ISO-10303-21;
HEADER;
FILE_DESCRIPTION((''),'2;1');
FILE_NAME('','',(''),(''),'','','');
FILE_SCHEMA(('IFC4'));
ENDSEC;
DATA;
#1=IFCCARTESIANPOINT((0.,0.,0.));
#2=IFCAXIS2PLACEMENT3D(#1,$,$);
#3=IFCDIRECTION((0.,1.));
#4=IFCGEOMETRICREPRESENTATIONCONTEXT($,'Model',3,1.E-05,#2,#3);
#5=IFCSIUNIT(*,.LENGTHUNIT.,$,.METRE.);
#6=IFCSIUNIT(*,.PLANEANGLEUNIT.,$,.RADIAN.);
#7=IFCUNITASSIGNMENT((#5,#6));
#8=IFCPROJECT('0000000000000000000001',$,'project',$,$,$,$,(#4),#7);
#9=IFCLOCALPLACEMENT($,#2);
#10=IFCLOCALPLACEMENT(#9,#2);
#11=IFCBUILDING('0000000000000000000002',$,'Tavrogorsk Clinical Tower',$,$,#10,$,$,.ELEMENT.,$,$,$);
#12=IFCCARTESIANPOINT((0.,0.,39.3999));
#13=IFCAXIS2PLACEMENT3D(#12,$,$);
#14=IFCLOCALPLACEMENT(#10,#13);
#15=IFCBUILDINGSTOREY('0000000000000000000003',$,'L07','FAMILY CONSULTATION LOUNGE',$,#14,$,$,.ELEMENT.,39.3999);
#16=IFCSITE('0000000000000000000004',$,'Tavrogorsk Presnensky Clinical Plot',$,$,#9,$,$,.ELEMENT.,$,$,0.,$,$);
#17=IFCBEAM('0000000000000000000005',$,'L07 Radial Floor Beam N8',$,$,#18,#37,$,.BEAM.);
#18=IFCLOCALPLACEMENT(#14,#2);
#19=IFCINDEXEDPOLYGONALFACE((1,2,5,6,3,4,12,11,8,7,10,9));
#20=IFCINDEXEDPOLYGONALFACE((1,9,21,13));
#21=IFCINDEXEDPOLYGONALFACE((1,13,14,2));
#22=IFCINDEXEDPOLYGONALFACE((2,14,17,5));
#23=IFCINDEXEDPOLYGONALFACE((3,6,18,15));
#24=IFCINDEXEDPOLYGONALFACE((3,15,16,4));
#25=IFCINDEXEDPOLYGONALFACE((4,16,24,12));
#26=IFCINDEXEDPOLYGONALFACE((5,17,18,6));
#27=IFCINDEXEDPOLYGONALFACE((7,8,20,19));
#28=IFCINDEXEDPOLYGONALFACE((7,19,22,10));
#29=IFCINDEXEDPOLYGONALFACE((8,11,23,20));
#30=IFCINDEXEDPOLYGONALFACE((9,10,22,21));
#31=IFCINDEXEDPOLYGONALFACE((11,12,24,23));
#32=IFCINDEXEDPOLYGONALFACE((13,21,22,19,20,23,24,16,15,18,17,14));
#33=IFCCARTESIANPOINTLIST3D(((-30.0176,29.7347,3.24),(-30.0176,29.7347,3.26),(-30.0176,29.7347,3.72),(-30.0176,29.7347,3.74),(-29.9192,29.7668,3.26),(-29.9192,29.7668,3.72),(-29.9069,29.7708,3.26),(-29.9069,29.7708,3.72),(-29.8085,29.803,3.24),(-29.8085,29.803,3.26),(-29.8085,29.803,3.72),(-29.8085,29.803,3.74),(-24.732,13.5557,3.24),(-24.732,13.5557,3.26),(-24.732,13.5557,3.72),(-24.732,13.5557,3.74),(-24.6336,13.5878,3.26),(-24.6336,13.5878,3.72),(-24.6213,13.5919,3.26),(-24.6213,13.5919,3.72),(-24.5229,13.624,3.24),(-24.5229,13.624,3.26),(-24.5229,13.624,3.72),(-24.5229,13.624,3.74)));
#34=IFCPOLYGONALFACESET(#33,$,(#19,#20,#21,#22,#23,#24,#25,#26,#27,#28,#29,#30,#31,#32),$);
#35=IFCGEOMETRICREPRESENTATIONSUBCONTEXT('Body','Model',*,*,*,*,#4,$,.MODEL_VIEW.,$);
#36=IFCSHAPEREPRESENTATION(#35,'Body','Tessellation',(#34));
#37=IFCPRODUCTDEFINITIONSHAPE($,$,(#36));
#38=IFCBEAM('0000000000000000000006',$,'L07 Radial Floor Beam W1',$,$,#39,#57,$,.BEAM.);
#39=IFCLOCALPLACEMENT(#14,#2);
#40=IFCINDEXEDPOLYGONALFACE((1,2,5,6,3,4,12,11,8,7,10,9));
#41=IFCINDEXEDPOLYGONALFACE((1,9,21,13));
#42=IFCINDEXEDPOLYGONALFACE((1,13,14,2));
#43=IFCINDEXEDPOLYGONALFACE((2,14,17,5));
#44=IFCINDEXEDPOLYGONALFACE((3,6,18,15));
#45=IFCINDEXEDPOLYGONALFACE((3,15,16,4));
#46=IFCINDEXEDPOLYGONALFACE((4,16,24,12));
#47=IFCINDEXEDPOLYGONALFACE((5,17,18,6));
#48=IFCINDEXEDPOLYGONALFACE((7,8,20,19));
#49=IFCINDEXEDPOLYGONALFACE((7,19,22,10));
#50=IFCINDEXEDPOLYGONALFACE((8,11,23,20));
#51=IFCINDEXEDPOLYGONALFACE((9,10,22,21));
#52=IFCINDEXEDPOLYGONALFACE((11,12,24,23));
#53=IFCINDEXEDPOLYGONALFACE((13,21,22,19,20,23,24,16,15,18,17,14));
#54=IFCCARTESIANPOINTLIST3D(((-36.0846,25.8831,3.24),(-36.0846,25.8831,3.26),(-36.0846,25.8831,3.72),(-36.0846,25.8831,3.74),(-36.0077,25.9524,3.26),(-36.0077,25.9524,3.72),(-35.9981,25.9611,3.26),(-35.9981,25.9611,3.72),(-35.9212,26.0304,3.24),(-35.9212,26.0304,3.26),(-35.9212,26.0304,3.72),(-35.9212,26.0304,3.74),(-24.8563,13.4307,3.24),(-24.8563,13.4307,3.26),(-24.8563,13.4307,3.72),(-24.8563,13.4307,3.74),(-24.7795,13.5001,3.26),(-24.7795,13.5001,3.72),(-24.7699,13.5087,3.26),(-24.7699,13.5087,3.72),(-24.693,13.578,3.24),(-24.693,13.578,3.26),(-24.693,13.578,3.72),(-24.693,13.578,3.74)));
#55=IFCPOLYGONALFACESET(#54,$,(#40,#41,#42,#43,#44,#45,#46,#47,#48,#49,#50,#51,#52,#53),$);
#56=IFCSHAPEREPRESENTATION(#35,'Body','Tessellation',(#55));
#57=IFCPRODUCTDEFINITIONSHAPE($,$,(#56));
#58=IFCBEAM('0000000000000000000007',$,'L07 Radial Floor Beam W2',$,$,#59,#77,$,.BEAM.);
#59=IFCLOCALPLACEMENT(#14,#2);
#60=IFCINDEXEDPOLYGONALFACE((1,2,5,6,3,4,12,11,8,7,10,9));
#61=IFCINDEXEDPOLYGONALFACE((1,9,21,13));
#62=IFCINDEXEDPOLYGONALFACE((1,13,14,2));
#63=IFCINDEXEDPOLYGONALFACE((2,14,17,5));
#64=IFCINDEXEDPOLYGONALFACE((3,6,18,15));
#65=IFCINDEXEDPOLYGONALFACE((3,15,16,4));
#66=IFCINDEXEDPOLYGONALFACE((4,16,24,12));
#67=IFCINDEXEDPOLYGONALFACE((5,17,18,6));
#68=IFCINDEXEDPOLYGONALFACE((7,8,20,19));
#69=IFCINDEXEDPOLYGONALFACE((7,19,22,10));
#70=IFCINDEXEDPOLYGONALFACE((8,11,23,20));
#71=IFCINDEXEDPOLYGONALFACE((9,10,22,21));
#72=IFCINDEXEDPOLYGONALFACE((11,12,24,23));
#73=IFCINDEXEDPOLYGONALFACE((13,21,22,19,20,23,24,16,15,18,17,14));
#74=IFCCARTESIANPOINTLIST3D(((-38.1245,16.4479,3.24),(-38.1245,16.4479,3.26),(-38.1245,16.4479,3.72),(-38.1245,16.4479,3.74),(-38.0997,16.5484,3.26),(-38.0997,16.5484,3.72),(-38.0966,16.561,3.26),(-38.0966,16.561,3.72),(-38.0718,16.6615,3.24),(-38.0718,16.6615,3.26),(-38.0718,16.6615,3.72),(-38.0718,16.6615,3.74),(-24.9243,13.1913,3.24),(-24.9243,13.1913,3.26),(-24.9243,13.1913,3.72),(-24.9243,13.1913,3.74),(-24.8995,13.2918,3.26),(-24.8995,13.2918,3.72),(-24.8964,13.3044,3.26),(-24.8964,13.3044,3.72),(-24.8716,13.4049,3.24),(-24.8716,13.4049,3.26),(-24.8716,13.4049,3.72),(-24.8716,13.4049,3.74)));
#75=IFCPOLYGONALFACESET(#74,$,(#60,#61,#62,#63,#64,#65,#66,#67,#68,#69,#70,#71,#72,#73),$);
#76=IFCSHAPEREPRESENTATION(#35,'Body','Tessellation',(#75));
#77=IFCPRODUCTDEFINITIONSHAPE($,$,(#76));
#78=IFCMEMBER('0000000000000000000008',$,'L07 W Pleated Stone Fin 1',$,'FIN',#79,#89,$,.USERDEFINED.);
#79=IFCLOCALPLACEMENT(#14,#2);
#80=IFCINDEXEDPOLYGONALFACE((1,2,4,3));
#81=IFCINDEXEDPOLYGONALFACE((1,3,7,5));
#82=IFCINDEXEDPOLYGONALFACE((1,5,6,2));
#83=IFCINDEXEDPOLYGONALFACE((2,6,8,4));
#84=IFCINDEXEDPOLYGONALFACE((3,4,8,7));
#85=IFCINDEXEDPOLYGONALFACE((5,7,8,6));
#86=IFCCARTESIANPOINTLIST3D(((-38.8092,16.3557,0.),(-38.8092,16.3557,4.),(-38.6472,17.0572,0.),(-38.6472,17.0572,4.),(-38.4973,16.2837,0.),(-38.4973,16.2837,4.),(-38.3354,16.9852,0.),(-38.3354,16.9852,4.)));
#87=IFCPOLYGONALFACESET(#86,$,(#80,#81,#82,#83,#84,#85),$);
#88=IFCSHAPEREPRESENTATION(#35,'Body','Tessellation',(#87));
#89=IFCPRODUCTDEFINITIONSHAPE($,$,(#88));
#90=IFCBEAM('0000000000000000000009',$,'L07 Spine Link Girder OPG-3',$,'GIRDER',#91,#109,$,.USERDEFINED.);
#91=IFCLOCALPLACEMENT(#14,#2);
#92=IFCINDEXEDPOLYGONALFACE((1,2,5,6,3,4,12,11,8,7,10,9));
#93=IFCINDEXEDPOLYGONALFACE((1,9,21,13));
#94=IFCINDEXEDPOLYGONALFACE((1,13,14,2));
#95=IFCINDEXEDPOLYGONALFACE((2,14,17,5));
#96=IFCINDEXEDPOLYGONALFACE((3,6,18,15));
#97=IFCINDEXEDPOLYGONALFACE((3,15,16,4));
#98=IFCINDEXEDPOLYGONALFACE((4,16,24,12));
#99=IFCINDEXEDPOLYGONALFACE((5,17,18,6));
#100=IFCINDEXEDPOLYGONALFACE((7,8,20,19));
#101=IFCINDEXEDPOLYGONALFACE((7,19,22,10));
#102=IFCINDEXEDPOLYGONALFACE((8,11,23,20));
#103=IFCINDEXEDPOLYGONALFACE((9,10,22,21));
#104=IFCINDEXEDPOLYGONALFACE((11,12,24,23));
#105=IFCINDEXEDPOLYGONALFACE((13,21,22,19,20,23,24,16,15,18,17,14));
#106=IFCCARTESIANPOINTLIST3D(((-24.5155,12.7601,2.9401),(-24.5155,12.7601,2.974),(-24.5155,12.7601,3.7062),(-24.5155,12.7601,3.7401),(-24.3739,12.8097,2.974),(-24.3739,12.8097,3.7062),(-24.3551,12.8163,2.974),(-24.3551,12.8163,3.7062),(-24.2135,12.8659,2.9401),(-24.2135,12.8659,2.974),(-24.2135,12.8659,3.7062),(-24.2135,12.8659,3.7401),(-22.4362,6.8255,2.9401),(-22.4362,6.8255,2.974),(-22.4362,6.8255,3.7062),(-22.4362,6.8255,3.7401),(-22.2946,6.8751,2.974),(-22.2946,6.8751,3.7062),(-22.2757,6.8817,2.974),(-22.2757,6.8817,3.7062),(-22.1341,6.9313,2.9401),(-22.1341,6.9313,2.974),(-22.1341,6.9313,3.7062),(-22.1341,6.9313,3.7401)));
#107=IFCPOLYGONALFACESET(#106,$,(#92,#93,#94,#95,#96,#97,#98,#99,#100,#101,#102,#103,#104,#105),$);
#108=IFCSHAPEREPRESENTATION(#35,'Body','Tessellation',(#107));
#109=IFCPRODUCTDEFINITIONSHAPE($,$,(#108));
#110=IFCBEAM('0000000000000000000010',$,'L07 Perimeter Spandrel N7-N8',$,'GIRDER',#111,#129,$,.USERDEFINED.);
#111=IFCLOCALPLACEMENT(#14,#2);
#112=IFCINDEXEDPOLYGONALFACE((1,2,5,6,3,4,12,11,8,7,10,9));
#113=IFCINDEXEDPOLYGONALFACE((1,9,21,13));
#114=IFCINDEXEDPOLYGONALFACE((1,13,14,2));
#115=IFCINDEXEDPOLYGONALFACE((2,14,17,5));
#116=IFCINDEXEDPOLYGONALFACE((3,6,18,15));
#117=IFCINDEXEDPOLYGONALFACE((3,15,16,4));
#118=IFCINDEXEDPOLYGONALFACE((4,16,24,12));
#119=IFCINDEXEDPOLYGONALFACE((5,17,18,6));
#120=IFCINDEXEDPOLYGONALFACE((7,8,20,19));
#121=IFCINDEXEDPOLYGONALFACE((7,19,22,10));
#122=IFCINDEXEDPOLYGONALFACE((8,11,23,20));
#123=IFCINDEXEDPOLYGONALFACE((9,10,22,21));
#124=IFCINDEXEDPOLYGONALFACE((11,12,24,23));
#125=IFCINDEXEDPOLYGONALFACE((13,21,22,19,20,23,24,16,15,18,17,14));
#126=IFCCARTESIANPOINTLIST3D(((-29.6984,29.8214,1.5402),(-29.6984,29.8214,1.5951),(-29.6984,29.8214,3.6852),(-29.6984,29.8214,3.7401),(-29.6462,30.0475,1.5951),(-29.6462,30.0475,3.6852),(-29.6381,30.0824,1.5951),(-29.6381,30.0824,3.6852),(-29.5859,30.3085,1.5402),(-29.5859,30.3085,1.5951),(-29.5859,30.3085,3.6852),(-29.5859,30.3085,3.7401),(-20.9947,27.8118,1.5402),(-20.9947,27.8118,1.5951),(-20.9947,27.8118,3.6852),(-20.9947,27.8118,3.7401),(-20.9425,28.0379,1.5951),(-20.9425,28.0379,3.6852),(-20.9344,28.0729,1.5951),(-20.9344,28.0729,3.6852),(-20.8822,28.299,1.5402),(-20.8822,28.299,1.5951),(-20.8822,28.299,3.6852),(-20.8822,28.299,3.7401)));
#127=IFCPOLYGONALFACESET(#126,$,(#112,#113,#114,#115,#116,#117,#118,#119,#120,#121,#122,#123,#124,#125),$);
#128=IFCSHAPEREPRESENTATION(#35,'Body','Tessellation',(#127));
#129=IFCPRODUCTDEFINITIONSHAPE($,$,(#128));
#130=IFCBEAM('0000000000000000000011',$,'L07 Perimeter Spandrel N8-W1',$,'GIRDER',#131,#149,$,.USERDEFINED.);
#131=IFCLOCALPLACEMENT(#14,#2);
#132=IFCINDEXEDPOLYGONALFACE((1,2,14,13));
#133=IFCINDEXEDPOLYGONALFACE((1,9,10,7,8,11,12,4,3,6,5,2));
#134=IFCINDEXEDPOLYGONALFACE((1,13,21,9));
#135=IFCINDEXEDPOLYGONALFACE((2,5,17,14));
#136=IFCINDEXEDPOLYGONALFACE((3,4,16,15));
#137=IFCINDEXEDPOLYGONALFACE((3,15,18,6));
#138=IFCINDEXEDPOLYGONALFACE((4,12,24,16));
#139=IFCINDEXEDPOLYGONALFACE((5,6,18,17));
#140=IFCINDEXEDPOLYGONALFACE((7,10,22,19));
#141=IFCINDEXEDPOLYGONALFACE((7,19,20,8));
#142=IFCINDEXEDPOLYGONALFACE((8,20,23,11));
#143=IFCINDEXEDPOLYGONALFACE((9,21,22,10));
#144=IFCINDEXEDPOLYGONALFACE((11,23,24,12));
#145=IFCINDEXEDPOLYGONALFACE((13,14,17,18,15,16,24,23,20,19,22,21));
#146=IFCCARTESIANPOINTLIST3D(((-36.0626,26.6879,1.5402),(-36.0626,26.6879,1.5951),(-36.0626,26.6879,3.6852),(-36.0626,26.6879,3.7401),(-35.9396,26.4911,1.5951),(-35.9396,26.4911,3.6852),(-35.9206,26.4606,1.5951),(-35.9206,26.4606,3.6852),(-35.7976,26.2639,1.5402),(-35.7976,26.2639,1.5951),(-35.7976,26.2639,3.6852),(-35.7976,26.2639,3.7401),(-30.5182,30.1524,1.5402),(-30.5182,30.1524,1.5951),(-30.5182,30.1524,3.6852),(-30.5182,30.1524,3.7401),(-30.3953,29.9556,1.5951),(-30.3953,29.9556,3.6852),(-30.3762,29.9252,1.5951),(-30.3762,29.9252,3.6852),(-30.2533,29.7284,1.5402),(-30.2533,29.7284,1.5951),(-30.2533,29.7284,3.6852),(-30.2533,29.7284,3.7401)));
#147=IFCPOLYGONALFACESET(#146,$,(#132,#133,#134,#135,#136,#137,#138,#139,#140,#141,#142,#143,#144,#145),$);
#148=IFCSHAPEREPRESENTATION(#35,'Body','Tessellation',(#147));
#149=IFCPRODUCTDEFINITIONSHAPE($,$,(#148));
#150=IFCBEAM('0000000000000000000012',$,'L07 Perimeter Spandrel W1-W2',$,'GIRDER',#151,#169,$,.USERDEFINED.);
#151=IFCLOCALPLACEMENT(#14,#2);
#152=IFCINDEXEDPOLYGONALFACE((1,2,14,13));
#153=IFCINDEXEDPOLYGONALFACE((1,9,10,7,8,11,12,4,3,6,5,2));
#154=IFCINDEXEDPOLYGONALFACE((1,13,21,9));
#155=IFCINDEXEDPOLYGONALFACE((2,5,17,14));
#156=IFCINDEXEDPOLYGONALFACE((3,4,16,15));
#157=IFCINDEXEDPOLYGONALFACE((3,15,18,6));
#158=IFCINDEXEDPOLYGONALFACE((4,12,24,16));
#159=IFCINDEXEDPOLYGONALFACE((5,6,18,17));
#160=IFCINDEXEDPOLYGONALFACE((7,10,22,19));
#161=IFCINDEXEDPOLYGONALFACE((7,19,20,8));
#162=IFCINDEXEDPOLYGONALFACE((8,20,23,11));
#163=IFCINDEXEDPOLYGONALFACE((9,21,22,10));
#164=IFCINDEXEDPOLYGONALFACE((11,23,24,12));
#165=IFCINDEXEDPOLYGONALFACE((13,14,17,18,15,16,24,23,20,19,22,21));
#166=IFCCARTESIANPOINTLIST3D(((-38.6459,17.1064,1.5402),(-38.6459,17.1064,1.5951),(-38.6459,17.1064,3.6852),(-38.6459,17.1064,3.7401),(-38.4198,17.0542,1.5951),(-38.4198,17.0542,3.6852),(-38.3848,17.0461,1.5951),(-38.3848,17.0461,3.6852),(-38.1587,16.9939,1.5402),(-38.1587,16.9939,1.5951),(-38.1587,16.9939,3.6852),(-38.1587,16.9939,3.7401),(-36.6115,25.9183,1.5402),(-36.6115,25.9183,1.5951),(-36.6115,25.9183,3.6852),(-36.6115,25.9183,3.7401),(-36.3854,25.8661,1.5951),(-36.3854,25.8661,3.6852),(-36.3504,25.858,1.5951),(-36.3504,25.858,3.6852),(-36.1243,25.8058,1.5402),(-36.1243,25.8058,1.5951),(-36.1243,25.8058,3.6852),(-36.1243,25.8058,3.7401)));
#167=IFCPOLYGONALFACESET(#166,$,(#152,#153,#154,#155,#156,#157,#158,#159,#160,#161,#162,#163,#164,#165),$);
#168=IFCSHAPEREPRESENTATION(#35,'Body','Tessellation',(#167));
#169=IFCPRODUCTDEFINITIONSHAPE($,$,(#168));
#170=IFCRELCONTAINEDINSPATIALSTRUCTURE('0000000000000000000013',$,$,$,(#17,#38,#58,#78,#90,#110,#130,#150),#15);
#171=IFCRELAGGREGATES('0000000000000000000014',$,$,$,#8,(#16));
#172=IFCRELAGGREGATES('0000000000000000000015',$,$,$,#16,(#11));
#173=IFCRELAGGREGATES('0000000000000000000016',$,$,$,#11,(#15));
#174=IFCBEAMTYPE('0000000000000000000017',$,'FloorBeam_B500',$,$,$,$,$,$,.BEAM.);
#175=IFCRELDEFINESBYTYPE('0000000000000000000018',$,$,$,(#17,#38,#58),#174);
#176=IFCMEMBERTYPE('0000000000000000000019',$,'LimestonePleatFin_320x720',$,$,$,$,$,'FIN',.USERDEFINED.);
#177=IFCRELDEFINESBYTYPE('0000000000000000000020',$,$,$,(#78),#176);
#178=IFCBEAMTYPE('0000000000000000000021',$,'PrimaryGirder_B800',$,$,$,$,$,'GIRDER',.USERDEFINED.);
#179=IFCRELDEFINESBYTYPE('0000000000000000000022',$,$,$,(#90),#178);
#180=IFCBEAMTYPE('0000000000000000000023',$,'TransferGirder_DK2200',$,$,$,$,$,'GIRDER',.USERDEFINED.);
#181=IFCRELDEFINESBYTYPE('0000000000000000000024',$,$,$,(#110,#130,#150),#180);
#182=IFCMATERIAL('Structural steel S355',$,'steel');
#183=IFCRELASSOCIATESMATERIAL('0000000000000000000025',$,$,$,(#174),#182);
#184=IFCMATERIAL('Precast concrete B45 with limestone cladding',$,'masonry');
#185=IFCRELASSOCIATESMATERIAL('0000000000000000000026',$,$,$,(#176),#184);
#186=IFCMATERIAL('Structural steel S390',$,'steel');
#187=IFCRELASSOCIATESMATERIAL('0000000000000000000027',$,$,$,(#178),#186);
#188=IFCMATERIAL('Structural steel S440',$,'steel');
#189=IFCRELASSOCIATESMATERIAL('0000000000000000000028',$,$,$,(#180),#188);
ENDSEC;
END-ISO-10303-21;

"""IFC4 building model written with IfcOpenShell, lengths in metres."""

from ifc_helpers import new_model, si_unit, direction, frame, origin, origin_2d, place, context, subcontext, project, spatial, rectangle, i_section, extrude, material, material_profile, profile_set, type_object, element, save


model = new_model("IFC4")

# Units and contexts
model_context = context("Model", 3, precision=1e-05, world=origin(), true_north=direction((0.0, 1.0)))
body_context = subcontext(model_context, "Body", "Model", "MODEL_VIEW")
ifc_project = project(units=[si_unit("LENGTHUNIT", "METRE"), si_unit("PLANEANGLEUNIT", "RADIAN")], contexts=[model_context])

# Site, building, storey
site_placement = place(None, origin())
site = spatial("IfcSite", under=ifc_project, at=site_placement, Name="Tavrogorsk Presnensky Clinical Plot", CompositionType="ELEMENT", RefElevation=0.0)
building_placement = place(site_placement, origin())
building = spatial("IfcBuilding", under=site, at=building_placement, Name="Tavrogorsk Clinical Tower", CompositionType="ELEMENT")
storey_placement = place(building_placement, frame((0.0, 0.0, 39.3999)))
storey = spatial("IfcBuildingStorey", under=building, at=storey_placement, Name="L07", Description="FAMILY CONSULTATION LOUNGE", CompositionType="ELEMENT", Elevation=39.3999)

# Beams
ifc_material_1 = material(Name="Structural steel S355", Category="steel")
ifc_material_profile_1 = material_profile(ifc_material_1, i_section(OverallWidth=0.22, OverallDepth=0.5, WebThickness=0.0129, FlangeThickness=0.02, at=origin_2d()), Name="B-500x220x13x20")
ifc_profile_set_1 = profile_set([ifc_material_profile_1], Name="Structural steel S355")
beam_type_1 = type_object("IfcBeamType", Name="FloorBeam_B500", PredefinedType="BEAM", material=ifc_profile_set_1)
beam_1_placement = place(storey_placement, frame((-24.6274, 13.5898, 3.49), z_axis=(-0.310546, 0.950558, 0.0), x_axis=(-0.950558, -0.310546, 0.0)))
element("IfcBeam", 1, at=beam_1_placement, inside=storey, type_object=beam_type_1, Name="L07 Radial Floor Beam N8", PredefinedType="BEAM", context=body_context, shape_type="SweptSolid", body=[
    extrude(i_section(OverallWidth=0.22, OverallDepth=0.5, WebThickness=0.0129, FlangeThickness=0.02, at=origin_2d()), origin(), (0.0, 0.0, 1.0), 17.0205),
])
beam_2_placement = place(storey_placement, frame((-24.7747, 13.5044, 3.49), z_axis=(-0.66966, 0.742668, 0.0), x_axis=(-0.742668, -0.66966, 0.0)))
element("IfcBeam", 2, at=beam_2_placement, inside=storey, type_object=beam_type_1, Name="L07 Radial Floor Beam W1", PredefinedType="BEAM", context=body_context, shape_type="SweptSolid", body=[
    extrude(i_section(OverallWidth=0.22, OverallDepth=0.5, WebThickness=0.0129, FlangeThickness=0.02, at=origin_2d()), origin(), (0.0, 0.0, 1.0), 16.7671),
])
beam_3_placement = place(storey_placement, frame((-24.8979, 13.2981, 3.49), z_axis=(-0.97089, 0.239526, 0.0), x_axis=(-0.239526, -0.97089, 0.0)))
element("IfcBeam", 3, at=beam_3_placement, inside=storey, type_object=beam_type_1, Name="L07 Radial Floor Beam W2", PredefinedType="BEAM", context=body_context, shape_type="SweptSolid", body=[
    extrude(i_section(OverallWidth=0.22, OverallDepth=0.5, WebThickness=0.0129, FlangeThickness=0.02, at=origin_2d()), origin(), (0.0, 0.0, 1.0), 13.5959),
])

# Member
ifc_material_2 = material(Name="Precast concrete B45 with limestone cladding", Category="masonry")
ifc_material_profile_2 = material_profile(ifc_material_2, rectangle(XDim=0.3201, YDim=0.72, at=origin_2d()), Name="LIMESTONE-FIN-320x720")
ifc_profile_set_2 = profile_set([ifc_material_profile_2], Name="Precast concrete B45 with limestone cladding")
member_type_1 = type_object("IfcMemberType", Name="LimestonePleatFin_320x720", ElementType="FIN", PredefinedType="USERDEFINED", material=ifc_profile_set_2)
member_1_placement = place(storey_placement, frame((-38.5723, 16.6704, 0.0), z_axis=(0.0, 0.0, 1.0), x_axis=(0.97437, -0.224951, 0.0)))
element("IfcMember", 4, at=member_1_placement, inside=storey, type_object=member_type_1, Name="L07 W Pleated Stone Fin 1", ObjectType="FIN", PredefinedType="USERDEFINED", context=body_context, shape_type="SweptSolid", body=[
    extrude(rectangle(XDim=0.3201, YDim=0.72, at=origin_2d()), origin(), (0.0, 0.0, 1.0), 4.0),
])

# Beams
ifc_material_3 = material(Name="Structural steel S390", Category="steel")
ifc_material_profile_3 = material_profile(ifc_material_3, i_section(OverallWidth=0.3201, OverallDepth=0.8, WebThickness=0.02, FlangeThickness=0.0339, at=origin_2d()), Name="B-800x320x20x34")
ifc_profile_set_3 = profile_set([ifc_material_profile_3], Name="Structural steel S390")
beam_type_2 = type_object("IfcBeamType", Name="PrimaryGirder_B800", ElementType="GIRDER", PredefinedType="USERDEFINED", material=ifc_profile_set_3)
beam_4_placement = place(storey_placement, frame((-24.3645, 12.813, 3.3401), z_axis=(0.330669, -0.943747, 0.0), x_axis=(0.943747, 0.330669, 0.0)))
element("IfcBeam", 5, at=beam_4_placement, inside=storey, type_object=beam_type_2, Name="L07 Spine Link Girder OPG-3", ObjectType="GIRDER", PredefinedType="USERDEFINED", context=body_context, shape_type="SweptSolid", body=[
    extrude(i_section(OverallWidth=0.3201, OverallDepth=0.8, WebThickness=0.02, FlangeThickness=0.0339, at=origin_2d()), origin(), (0.0, 0.0, 1.0), 6.2883),
])
ifc_material_4 = material(Name="Structural steel S440", Category="steel")
ifc_material_profile_4 = material_profile(ifc_material_4, i_section(OverallWidth=0.5, OverallDepth=2.2, WebThickness=0.0359, FlangeThickness=0.0549, at=origin_2d()), Name="DK-2200x500x36x55")
ifc_profile_set_4 = profile_set([ifc_material_profile_4], Name="Structural steel S440")
beam_type_3 = type_object("IfcBeamType", Name="TransferGirder_DK2200", ElementType="GIRDER", PredefinedType="USERDEFINED", material=ifc_profile_set_4)
beam_5_placement = place(storey_placement, frame((-20.9385, 28.0554, 2.6401), z_axis=(-0.974367, 0.224965, 0.0), x_axis=(-0.224965, -0.974367, 0.0)))
element("IfcBeam", 6, at=beam_5_placement, inside=storey, type_object=beam_type_3, Name="L07 Perimeter Spandrel N7-N8", ObjectType="GIRDER", PredefinedType="USERDEFINED", context=body_context, shape_type="SweptSolid", body=[
    extrude(i_section(OverallWidth=0.5, OverallDepth=2.2, WebThickness=0.0359, FlangeThickness=0.0549, at=origin_2d()), origin(), (0.0, 0.0, 1.0), 8.9326),
])
beam_6_placement = place(storey_placement, frame((-30.3857, 29.9404, 2.6401), z_axis=(-0.848044, -0.529925, 0.0), x_axis=(0.529925, -0.848044, 0.0)))
element("IfcBeam", 7, at=beam_6_placement, inside=storey, type_object=beam_type_3, Name="L07 Perimeter Spandrel N8-W1", ObjectType="GIRDER", PredefinedType="USERDEFINED", context=body_context, shape_type="SweptSolid", body=[
    extrude(i_section(OverallWidth=0.5, OverallDepth=2.2, WebThickness=0.0359, FlangeThickness=0.0549, at=origin_2d()), origin(), (0.0, 0.0, 1.0), 6.5378),
])
beam_7_placement = place(storey_placement, frame((-36.3679, 25.8621, 2.6401), z_axis=(-0.224952, -0.97437, 0.0), x_axis=(0.97437, -0.224952, 0.0)))
element("IfcBeam", 8, at=beam_7_placement, inside=storey, type_object=beam_type_3, Name="L07 Perimeter Spandrel W1-W2", ObjectType="GIRDER", PredefinedType="USERDEFINED", context=body_context, shape_type="SweptSolid", body=[
    extrude(i_section(OverallWidth=0.5, OverallDepth=2.2, WebThickness=0.0359, FlangeThickness=0.0549, at=origin_2d()), origin(), (0.0, 0.0, 1.0), 9.0437),
])

save(model, "model.ifc")
